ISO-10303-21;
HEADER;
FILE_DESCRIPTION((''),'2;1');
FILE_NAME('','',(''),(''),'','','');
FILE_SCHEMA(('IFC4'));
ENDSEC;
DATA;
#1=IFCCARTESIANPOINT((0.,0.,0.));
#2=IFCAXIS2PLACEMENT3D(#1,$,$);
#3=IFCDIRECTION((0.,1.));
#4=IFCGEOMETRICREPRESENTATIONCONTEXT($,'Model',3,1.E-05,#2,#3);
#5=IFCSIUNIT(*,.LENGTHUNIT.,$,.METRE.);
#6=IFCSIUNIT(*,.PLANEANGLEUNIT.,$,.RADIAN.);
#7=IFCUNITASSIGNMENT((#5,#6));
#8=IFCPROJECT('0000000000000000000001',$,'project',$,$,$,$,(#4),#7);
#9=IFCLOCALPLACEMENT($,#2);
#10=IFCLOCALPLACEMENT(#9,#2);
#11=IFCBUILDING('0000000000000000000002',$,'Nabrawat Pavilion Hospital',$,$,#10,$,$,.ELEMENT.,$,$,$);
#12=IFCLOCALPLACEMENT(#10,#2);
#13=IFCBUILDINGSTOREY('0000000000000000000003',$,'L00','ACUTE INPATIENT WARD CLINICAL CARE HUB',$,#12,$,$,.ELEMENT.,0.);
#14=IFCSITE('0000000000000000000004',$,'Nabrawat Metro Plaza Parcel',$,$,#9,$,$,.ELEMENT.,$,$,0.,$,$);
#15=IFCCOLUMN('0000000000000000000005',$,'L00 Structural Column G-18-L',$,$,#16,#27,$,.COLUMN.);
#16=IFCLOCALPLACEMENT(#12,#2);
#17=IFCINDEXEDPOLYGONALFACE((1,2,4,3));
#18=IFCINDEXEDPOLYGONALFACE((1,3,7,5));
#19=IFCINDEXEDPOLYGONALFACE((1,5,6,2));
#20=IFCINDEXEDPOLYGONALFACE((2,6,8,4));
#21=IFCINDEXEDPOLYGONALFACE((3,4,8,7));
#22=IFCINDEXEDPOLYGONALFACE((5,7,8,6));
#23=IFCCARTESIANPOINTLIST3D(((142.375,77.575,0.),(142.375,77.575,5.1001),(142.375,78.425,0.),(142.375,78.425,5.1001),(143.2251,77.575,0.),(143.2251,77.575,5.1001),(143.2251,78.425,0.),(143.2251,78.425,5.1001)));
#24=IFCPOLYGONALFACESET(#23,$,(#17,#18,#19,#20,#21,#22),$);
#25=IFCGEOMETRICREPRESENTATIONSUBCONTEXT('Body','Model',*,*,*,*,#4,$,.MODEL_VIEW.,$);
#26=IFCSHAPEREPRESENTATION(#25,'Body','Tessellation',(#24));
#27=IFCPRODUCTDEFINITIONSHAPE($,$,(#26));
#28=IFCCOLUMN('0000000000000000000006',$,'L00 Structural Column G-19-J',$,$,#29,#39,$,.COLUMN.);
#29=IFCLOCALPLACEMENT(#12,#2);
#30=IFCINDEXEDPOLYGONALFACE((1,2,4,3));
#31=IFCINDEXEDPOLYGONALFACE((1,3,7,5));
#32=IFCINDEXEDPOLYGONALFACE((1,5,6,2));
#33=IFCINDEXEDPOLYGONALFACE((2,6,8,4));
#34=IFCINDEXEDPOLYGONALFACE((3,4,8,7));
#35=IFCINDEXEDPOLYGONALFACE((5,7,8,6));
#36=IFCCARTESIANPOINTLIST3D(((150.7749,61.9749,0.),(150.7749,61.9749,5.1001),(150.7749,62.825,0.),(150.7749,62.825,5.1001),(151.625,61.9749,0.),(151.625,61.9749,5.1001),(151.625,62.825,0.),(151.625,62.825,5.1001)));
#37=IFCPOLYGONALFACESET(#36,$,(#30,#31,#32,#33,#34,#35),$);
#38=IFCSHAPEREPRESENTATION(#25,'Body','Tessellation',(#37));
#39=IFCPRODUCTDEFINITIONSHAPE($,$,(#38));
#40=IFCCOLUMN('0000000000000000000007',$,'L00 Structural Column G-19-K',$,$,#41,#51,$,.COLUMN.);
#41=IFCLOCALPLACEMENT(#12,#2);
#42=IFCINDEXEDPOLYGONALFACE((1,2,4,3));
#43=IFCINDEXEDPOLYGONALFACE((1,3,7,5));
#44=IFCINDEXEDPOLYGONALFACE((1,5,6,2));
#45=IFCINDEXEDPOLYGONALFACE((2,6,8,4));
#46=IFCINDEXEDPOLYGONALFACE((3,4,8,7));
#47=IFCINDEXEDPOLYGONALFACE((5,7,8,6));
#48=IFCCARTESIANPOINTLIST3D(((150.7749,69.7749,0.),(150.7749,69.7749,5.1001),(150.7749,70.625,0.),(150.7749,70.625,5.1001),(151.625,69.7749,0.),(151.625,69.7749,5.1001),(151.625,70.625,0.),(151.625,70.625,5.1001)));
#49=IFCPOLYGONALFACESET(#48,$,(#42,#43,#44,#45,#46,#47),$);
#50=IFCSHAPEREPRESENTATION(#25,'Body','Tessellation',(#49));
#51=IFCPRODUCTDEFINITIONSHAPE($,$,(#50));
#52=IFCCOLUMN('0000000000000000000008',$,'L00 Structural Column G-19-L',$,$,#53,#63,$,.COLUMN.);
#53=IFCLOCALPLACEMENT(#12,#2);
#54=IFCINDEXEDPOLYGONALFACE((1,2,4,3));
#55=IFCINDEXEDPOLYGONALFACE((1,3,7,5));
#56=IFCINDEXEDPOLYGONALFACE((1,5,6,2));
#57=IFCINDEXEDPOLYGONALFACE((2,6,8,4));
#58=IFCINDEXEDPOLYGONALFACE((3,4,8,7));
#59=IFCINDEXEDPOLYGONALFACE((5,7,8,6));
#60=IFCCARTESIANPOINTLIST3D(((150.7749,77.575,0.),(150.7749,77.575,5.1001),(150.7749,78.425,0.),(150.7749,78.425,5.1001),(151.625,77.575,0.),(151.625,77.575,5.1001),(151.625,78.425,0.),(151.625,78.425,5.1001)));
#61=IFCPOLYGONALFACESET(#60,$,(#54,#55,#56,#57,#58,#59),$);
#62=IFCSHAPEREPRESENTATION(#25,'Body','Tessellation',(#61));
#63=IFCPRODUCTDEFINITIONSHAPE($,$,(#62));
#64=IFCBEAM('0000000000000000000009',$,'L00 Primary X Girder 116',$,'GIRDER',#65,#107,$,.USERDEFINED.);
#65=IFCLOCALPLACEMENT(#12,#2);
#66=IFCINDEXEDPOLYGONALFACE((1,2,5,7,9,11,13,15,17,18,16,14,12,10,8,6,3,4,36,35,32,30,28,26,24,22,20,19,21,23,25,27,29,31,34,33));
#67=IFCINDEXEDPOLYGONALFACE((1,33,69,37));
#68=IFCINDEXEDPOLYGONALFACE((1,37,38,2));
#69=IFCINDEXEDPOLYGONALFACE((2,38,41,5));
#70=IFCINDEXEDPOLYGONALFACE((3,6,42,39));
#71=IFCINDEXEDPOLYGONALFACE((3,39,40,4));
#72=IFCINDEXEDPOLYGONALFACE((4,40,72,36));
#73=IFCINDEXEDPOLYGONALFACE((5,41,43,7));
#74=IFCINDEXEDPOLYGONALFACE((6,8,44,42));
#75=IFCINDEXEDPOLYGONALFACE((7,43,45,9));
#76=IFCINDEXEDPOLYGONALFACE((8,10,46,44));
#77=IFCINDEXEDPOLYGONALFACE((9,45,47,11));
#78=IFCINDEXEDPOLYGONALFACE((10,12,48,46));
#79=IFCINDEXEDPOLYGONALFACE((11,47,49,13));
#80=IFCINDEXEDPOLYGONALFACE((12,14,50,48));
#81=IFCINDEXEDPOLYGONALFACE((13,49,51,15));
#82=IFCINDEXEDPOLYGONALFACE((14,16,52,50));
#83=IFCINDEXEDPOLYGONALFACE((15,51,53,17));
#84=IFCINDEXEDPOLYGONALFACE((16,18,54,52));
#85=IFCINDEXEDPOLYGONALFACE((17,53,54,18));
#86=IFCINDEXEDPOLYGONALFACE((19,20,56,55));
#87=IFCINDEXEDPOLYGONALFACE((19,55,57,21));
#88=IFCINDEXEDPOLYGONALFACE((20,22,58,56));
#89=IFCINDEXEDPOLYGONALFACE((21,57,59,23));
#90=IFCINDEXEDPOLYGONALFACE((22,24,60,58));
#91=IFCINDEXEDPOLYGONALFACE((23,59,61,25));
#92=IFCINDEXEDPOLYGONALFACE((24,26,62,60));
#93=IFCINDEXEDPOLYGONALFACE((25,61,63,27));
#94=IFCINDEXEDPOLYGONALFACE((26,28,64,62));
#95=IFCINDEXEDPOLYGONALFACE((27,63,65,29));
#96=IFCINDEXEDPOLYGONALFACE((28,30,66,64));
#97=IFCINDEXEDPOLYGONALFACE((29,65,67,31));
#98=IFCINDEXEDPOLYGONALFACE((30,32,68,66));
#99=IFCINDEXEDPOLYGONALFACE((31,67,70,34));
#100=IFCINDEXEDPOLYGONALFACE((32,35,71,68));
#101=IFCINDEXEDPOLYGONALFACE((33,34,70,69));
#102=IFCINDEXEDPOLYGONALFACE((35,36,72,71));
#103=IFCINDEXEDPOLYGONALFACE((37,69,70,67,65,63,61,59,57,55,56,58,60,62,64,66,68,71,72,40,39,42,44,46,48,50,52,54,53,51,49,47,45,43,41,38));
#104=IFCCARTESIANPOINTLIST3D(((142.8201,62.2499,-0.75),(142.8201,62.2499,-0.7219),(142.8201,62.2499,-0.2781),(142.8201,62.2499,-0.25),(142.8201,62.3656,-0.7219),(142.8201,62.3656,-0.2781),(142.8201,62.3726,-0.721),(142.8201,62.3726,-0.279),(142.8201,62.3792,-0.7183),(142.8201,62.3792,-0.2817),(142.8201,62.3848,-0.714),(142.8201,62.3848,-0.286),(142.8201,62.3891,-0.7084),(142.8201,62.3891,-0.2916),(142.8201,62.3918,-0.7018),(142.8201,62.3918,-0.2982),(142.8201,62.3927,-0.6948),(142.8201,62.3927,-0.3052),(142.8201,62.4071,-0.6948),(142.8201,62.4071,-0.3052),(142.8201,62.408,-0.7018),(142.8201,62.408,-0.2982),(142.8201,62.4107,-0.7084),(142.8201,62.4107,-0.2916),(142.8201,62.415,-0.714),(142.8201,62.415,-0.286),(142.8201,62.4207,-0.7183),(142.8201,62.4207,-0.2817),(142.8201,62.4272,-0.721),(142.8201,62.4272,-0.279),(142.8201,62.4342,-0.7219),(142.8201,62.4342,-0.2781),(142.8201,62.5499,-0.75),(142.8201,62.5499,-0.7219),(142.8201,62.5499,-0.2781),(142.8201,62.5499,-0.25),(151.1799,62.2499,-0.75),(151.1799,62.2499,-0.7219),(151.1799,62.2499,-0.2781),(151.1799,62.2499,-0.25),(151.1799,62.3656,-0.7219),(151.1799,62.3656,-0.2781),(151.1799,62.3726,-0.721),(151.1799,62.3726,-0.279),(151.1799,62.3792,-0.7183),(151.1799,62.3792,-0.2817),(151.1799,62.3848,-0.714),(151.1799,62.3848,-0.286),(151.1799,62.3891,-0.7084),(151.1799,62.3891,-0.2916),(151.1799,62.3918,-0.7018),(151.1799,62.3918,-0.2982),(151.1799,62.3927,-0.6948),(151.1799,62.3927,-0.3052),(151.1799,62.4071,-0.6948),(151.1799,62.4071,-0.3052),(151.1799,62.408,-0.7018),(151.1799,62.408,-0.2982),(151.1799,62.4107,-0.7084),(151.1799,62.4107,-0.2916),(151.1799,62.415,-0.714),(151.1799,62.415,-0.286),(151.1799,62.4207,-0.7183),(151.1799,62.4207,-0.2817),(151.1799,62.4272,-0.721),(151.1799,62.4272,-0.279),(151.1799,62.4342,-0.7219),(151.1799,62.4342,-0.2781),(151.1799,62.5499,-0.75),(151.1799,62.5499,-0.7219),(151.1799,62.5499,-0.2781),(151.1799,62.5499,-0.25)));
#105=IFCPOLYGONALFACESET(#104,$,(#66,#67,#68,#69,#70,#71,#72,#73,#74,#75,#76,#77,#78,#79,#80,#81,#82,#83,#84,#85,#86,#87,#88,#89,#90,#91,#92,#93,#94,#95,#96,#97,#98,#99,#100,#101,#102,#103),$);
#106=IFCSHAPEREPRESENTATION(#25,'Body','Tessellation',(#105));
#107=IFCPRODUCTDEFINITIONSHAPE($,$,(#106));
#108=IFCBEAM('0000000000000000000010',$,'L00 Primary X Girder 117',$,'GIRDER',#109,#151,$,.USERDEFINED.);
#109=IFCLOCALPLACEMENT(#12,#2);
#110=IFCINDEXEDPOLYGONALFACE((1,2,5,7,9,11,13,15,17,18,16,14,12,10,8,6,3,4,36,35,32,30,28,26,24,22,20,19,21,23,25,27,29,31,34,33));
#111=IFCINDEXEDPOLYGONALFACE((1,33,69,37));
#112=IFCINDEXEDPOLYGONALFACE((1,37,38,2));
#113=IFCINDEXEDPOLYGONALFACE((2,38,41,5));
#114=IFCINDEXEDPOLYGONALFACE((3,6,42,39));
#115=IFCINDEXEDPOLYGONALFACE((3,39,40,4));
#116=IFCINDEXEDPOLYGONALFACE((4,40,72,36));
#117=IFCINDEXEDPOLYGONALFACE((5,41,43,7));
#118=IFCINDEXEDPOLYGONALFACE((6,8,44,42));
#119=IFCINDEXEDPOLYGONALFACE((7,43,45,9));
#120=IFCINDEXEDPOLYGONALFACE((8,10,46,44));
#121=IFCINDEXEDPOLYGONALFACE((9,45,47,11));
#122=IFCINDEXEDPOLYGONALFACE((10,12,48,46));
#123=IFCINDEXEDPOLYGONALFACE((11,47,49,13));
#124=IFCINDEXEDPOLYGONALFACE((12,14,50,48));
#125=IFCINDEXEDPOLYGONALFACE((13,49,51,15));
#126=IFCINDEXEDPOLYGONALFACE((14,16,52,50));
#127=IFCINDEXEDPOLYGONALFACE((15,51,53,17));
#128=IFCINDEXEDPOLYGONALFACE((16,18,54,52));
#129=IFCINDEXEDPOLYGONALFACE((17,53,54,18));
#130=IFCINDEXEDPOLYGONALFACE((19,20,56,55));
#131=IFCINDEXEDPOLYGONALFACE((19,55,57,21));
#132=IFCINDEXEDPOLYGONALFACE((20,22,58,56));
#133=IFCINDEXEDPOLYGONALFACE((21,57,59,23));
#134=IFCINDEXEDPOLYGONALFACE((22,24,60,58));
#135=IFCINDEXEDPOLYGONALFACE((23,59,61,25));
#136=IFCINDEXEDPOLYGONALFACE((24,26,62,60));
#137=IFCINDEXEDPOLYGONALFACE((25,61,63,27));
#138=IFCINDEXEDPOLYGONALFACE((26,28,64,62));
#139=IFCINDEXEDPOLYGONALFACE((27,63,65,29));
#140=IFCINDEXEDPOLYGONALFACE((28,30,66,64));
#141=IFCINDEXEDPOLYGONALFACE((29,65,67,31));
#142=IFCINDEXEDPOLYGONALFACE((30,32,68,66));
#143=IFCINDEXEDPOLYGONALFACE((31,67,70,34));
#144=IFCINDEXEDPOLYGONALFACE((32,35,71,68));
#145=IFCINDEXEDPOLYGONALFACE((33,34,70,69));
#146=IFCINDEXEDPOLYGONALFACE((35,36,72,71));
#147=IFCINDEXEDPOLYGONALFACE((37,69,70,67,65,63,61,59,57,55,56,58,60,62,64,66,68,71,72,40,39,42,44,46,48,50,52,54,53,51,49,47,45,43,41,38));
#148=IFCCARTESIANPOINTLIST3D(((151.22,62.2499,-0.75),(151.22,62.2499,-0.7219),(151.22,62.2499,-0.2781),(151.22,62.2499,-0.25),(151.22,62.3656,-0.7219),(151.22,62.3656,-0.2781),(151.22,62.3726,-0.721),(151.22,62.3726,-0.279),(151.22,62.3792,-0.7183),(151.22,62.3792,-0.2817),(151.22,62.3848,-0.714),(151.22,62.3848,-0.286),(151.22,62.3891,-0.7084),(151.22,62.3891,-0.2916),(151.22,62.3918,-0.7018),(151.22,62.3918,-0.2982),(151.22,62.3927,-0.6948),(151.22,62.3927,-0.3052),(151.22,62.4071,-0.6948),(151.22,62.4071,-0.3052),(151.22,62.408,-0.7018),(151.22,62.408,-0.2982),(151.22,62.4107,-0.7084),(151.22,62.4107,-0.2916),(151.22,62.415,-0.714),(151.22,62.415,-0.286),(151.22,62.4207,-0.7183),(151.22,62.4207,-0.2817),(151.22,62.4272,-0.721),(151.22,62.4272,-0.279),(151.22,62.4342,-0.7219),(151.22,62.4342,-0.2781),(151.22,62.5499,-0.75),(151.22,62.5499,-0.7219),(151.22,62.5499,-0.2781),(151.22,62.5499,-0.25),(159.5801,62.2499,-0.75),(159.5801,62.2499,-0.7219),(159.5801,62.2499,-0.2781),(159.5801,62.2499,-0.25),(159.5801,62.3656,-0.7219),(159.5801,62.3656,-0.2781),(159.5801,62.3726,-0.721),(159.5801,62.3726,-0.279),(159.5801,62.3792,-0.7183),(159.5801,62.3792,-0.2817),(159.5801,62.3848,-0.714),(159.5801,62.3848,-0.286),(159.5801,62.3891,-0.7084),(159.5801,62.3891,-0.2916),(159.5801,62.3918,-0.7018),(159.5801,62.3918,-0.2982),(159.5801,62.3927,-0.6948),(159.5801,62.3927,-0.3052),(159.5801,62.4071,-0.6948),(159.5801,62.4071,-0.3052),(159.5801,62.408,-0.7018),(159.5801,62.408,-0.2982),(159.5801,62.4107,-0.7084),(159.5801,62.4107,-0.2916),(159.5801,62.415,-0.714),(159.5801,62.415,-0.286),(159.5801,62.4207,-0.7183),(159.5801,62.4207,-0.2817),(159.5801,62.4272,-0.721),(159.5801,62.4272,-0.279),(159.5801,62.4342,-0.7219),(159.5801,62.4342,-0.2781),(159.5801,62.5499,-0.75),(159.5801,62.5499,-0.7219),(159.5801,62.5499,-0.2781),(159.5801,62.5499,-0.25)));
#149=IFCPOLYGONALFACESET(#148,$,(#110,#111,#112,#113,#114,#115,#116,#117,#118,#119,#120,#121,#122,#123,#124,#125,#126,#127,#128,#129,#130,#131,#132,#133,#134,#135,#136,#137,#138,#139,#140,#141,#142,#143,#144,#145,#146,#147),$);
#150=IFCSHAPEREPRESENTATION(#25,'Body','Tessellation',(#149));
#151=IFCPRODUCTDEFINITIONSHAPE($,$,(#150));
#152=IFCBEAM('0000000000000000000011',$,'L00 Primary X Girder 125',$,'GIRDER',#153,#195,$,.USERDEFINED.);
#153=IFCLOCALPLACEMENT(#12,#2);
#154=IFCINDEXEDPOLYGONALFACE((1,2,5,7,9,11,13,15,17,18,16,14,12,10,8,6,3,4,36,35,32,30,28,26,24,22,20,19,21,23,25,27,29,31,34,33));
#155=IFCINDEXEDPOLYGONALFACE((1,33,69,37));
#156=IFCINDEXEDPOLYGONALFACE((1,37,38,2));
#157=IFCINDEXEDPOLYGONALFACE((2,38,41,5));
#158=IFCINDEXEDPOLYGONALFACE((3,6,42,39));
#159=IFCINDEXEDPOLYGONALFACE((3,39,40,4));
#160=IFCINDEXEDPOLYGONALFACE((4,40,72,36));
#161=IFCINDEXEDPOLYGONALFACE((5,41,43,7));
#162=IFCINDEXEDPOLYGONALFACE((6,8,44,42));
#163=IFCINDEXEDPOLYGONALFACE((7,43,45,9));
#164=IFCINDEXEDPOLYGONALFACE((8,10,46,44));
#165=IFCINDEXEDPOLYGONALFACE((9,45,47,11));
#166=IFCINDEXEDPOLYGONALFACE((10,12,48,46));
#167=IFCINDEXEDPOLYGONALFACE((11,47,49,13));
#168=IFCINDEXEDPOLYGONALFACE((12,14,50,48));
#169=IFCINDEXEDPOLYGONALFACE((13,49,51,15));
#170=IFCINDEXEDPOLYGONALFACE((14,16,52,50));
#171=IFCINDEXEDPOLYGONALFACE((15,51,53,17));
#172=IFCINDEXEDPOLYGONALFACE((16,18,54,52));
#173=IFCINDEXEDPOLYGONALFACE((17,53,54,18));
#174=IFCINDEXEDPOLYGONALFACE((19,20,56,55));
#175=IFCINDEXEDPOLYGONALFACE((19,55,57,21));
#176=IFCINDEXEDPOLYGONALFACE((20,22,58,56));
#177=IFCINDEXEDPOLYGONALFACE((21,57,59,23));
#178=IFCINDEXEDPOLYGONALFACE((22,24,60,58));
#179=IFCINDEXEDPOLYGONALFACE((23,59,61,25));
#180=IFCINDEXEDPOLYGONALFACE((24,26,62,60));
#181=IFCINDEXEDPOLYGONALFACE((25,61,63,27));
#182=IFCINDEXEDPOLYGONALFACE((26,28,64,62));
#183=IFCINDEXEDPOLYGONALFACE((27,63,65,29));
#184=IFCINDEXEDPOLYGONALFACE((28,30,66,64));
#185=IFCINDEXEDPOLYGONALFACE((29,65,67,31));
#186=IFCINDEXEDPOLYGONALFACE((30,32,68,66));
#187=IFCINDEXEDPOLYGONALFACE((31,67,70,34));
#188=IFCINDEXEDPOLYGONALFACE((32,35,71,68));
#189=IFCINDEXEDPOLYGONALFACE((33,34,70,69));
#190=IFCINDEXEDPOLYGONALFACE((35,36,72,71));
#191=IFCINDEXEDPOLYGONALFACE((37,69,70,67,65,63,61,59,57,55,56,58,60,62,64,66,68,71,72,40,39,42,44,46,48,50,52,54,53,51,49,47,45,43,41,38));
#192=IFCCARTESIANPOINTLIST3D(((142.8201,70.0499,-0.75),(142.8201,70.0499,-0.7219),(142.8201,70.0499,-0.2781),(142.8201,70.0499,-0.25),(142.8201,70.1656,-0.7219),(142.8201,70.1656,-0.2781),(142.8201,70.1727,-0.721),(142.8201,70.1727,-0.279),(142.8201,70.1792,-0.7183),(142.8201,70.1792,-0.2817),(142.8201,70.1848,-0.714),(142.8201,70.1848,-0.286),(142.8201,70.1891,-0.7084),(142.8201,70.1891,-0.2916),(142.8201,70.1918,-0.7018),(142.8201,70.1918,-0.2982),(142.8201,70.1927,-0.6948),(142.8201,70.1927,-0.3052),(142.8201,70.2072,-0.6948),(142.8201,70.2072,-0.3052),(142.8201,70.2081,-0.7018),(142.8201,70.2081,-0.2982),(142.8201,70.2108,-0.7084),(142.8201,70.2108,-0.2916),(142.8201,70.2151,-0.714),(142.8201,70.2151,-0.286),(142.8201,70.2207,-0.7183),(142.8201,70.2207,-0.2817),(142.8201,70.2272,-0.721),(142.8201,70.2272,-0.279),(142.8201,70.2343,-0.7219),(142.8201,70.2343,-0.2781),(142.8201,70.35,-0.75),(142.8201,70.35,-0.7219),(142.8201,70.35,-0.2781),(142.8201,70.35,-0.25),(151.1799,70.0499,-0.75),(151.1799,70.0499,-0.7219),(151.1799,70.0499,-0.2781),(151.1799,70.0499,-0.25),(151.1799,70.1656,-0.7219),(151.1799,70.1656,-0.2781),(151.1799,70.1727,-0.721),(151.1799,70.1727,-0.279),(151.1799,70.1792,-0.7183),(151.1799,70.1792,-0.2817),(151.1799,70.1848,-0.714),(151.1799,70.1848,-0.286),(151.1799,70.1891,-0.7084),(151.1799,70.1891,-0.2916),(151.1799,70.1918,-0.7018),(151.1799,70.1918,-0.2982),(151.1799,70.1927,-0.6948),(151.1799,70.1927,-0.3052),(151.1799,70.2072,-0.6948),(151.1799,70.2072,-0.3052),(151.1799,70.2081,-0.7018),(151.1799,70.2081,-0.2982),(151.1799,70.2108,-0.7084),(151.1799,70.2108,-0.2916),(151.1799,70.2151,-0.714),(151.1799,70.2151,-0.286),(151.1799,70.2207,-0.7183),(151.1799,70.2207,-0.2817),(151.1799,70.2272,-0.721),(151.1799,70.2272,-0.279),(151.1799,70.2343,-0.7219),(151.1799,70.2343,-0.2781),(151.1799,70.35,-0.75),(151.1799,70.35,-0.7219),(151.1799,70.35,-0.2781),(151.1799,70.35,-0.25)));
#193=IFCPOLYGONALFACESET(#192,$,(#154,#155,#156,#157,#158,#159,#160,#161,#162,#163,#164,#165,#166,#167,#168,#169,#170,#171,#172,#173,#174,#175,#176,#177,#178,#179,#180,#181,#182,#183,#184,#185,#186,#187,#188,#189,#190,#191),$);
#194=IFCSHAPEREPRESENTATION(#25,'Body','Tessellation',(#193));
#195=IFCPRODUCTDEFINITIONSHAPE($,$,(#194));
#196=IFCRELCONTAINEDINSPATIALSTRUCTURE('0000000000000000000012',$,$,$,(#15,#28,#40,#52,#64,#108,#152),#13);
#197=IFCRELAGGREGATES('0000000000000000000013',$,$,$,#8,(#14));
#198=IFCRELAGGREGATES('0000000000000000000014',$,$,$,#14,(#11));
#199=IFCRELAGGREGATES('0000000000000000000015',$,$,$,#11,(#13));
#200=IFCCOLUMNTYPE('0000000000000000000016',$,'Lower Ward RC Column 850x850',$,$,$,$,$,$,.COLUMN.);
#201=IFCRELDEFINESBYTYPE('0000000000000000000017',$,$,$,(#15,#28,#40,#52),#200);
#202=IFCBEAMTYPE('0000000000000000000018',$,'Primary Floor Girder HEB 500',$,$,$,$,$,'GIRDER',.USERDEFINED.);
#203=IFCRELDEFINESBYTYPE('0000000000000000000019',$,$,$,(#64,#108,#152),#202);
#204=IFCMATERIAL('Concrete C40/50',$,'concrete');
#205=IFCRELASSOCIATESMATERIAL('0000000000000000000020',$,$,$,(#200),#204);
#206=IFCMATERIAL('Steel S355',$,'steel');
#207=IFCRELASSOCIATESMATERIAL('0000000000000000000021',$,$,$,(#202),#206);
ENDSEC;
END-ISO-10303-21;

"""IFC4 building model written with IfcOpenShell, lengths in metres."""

from ifc_helpers import new_model, si_unit, direction, frame, origin, origin_2d, place, context, subcontext, project, spatial, rectangle, i_section, extrude, material, material_profile, profile_set, type_object, element, save


model = new_model("IFC4")

# Units and contexts
model_context = context("Model", 3, precision=1e-05, world=origin(), true_north=direction((0.0, 1.0)))
body_context = subcontext(model_context, "Body", "Model", "MODEL_VIEW")
ifc_project = project(units=[si_unit("LENGTHUNIT", "METRE"), si_unit("PLANEANGLEUNIT", "RADIAN")], contexts=[model_context])

# Site, building, storey
site_placement = place(None, origin())
site = spatial("IfcSite", under=ifc_project, at=site_placement, Name="Nabrawat Metro Plaza Parcel", CompositionType="ELEMENT", RefElevation=0.0)
building_placement = place(site_placement, origin())
building = spatial("IfcBuilding", under=site, at=building_placement, Name="Nabrawat Pavilion Hospital", CompositionType="ELEMENT")
storey_placement = place(building_placement, origin())
storey = spatial("IfcBuildingStorey", under=building, at=storey_placement, Name="L00", Description="ACUTE INPATIENT WARD CLINICAL CARE HUB", CompositionType="ELEMENT", Elevation=0.0)

# Columns
ifc_material_1 = material(Name="Concrete C40/50", Category="concrete")
ifc_material_profile_1 = material_profile(ifc_material_1, rectangle(XDim=0.8501, YDim=0.8501, at=origin_2d()), Name="RC 850x850")
ifc_profile_set_1 = profile_set([ifc_material_profile_1], Name="Concrete C40/50")
column_type = type_object("IfcColumnType", Name="Lower Ward RC Column 850x850", PredefinedType="COLUMN", material=ifc_profile_set_1)
for number, where, z_axis, x_axis, name in (
    (1, (142.8, 78.0, 0.0), (0.0, 0.0, 1.0), (1.0, 0.0, 0.0), "L00 Structural Column G-18-L"),
    (2, (151.2, 62.3999, 0.0), (0.0, 0.0, 1.0), (1.0, 0.0, 0.0), "L00 Structural Column G-19-J"),
    (3, (151.2, 70.2, 0.0), (0.0, 0.0, 1.0), (1.0, 0.0, 0.0), "L00 Structural Column G-19-K"),
    (4, (151.2, 78.0, 0.0), (0.0, 0.0, 1.0), (1.0, 0.0, 0.0), "L00 Structural Column G-19-L"),
):
    element("IfcColumn", number, at=place(storey_placement, frame(where, z_axis=z_axis, x_axis=x_axis)), inside=storey, type_object=column_type, Name=name, PredefinedType="COLUMN", context=body_context, shape_type="SweptSolid", body=[
        extrude(rectangle(XDim=0.8501, YDim=0.8501, at=origin_2d()), origin(), (0.0, 0.0, 1.0), 5.1001),
    ])

# Beams
ifc_material_2 = material(Name="Steel S355", Category="steel")
ifc_material_profile_2 = material_profile(ifc_material_2, i_section(OverallWidth=0.3, OverallDepth=0.5, WebThickness=0.0144, FlangeThickness=0.0281, FilletRadius=0.0271, at=origin_2d()), Name="HEB 500")
ifc_profile_set_2 = profile_set([ifc_material_profile_2], Name="Steel S355")
beam_type_1 = type_object("IfcBeamType", Name="Primary Floor Girder HEB 500", ElementType="GIRDER", PredefinedType="USERDEFINED", material=ifc_profile_set_2)
beam_1_placement = place(storey_placement, frame((142.8201, 62.3999, -0.5), z_axis=(1.0, 0.0, 0.0), x_axis=(0.0, 1.0, 0.0)))
element("IfcBeam", 5, at=beam_1_placement, inside=storey, type_object=beam_type_1, Name="L00 Primary X Girder 116", ObjectType="GIRDER", PredefinedType="USERDEFINED", context=body_context, shape_type="SweptSolid", body=[
    extrude(i_section(OverallWidth=0.3, OverallDepth=0.5, WebThickness=0.0144, FlangeThickness=0.0281, FilletRadius=0.0271, at=origin_2d()), origin(), (0.0, 0.0, 1.0), 8.3599),
])
beam_2_placement = place(storey_placement, frame((151.22, 62.3999, -0.5), z_axis=(1.0, 0.0, 0.0), x_axis=(0.0, 1.0, 0.0)))
element("IfcBeam", 6, at=beam_2_placement, inside=storey, type_object=beam_type_1, Name="L00 Primary X Girder 117", ObjectType="GIRDER", PredefinedType="USERDEFINED", context=body_context, shape_type="SweptSolid", body=[
    extrude(i_section(OverallWidth=0.3, OverallDepth=0.5, WebThickness=0.0144, FlangeThickness=0.0281, FilletRadius=0.0271, at=origin_2d()), origin(), (0.0, 0.0, 1.0), 8.3601),
])
beam_3_placement = place(storey_placement, frame((142.8201, 70.2, -0.5), z_axis=(1.0, 0.0, 0.0), x_axis=(0.0, 1.0, 0.0)))
element("IfcBeam", 7, at=beam_3_placement, inside=storey, type_object=beam_type_1, Name="L00 Primary X Girder 125", ObjectType="GIRDER", PredefinedType="USERDEFINED", context=body_context, shape_type="SweptSolid", body=[
    extrude(i_section(OverallWidth=0.3, OverallDepth=0.5, WebThickness=0.0144, FlangeThickness=0.0281, FilletRadius=0.0271, at=origin_2d()), origin(), (0.0, 0.0, 1.0), 8.3599),
])

save(model, "model.ifc")
